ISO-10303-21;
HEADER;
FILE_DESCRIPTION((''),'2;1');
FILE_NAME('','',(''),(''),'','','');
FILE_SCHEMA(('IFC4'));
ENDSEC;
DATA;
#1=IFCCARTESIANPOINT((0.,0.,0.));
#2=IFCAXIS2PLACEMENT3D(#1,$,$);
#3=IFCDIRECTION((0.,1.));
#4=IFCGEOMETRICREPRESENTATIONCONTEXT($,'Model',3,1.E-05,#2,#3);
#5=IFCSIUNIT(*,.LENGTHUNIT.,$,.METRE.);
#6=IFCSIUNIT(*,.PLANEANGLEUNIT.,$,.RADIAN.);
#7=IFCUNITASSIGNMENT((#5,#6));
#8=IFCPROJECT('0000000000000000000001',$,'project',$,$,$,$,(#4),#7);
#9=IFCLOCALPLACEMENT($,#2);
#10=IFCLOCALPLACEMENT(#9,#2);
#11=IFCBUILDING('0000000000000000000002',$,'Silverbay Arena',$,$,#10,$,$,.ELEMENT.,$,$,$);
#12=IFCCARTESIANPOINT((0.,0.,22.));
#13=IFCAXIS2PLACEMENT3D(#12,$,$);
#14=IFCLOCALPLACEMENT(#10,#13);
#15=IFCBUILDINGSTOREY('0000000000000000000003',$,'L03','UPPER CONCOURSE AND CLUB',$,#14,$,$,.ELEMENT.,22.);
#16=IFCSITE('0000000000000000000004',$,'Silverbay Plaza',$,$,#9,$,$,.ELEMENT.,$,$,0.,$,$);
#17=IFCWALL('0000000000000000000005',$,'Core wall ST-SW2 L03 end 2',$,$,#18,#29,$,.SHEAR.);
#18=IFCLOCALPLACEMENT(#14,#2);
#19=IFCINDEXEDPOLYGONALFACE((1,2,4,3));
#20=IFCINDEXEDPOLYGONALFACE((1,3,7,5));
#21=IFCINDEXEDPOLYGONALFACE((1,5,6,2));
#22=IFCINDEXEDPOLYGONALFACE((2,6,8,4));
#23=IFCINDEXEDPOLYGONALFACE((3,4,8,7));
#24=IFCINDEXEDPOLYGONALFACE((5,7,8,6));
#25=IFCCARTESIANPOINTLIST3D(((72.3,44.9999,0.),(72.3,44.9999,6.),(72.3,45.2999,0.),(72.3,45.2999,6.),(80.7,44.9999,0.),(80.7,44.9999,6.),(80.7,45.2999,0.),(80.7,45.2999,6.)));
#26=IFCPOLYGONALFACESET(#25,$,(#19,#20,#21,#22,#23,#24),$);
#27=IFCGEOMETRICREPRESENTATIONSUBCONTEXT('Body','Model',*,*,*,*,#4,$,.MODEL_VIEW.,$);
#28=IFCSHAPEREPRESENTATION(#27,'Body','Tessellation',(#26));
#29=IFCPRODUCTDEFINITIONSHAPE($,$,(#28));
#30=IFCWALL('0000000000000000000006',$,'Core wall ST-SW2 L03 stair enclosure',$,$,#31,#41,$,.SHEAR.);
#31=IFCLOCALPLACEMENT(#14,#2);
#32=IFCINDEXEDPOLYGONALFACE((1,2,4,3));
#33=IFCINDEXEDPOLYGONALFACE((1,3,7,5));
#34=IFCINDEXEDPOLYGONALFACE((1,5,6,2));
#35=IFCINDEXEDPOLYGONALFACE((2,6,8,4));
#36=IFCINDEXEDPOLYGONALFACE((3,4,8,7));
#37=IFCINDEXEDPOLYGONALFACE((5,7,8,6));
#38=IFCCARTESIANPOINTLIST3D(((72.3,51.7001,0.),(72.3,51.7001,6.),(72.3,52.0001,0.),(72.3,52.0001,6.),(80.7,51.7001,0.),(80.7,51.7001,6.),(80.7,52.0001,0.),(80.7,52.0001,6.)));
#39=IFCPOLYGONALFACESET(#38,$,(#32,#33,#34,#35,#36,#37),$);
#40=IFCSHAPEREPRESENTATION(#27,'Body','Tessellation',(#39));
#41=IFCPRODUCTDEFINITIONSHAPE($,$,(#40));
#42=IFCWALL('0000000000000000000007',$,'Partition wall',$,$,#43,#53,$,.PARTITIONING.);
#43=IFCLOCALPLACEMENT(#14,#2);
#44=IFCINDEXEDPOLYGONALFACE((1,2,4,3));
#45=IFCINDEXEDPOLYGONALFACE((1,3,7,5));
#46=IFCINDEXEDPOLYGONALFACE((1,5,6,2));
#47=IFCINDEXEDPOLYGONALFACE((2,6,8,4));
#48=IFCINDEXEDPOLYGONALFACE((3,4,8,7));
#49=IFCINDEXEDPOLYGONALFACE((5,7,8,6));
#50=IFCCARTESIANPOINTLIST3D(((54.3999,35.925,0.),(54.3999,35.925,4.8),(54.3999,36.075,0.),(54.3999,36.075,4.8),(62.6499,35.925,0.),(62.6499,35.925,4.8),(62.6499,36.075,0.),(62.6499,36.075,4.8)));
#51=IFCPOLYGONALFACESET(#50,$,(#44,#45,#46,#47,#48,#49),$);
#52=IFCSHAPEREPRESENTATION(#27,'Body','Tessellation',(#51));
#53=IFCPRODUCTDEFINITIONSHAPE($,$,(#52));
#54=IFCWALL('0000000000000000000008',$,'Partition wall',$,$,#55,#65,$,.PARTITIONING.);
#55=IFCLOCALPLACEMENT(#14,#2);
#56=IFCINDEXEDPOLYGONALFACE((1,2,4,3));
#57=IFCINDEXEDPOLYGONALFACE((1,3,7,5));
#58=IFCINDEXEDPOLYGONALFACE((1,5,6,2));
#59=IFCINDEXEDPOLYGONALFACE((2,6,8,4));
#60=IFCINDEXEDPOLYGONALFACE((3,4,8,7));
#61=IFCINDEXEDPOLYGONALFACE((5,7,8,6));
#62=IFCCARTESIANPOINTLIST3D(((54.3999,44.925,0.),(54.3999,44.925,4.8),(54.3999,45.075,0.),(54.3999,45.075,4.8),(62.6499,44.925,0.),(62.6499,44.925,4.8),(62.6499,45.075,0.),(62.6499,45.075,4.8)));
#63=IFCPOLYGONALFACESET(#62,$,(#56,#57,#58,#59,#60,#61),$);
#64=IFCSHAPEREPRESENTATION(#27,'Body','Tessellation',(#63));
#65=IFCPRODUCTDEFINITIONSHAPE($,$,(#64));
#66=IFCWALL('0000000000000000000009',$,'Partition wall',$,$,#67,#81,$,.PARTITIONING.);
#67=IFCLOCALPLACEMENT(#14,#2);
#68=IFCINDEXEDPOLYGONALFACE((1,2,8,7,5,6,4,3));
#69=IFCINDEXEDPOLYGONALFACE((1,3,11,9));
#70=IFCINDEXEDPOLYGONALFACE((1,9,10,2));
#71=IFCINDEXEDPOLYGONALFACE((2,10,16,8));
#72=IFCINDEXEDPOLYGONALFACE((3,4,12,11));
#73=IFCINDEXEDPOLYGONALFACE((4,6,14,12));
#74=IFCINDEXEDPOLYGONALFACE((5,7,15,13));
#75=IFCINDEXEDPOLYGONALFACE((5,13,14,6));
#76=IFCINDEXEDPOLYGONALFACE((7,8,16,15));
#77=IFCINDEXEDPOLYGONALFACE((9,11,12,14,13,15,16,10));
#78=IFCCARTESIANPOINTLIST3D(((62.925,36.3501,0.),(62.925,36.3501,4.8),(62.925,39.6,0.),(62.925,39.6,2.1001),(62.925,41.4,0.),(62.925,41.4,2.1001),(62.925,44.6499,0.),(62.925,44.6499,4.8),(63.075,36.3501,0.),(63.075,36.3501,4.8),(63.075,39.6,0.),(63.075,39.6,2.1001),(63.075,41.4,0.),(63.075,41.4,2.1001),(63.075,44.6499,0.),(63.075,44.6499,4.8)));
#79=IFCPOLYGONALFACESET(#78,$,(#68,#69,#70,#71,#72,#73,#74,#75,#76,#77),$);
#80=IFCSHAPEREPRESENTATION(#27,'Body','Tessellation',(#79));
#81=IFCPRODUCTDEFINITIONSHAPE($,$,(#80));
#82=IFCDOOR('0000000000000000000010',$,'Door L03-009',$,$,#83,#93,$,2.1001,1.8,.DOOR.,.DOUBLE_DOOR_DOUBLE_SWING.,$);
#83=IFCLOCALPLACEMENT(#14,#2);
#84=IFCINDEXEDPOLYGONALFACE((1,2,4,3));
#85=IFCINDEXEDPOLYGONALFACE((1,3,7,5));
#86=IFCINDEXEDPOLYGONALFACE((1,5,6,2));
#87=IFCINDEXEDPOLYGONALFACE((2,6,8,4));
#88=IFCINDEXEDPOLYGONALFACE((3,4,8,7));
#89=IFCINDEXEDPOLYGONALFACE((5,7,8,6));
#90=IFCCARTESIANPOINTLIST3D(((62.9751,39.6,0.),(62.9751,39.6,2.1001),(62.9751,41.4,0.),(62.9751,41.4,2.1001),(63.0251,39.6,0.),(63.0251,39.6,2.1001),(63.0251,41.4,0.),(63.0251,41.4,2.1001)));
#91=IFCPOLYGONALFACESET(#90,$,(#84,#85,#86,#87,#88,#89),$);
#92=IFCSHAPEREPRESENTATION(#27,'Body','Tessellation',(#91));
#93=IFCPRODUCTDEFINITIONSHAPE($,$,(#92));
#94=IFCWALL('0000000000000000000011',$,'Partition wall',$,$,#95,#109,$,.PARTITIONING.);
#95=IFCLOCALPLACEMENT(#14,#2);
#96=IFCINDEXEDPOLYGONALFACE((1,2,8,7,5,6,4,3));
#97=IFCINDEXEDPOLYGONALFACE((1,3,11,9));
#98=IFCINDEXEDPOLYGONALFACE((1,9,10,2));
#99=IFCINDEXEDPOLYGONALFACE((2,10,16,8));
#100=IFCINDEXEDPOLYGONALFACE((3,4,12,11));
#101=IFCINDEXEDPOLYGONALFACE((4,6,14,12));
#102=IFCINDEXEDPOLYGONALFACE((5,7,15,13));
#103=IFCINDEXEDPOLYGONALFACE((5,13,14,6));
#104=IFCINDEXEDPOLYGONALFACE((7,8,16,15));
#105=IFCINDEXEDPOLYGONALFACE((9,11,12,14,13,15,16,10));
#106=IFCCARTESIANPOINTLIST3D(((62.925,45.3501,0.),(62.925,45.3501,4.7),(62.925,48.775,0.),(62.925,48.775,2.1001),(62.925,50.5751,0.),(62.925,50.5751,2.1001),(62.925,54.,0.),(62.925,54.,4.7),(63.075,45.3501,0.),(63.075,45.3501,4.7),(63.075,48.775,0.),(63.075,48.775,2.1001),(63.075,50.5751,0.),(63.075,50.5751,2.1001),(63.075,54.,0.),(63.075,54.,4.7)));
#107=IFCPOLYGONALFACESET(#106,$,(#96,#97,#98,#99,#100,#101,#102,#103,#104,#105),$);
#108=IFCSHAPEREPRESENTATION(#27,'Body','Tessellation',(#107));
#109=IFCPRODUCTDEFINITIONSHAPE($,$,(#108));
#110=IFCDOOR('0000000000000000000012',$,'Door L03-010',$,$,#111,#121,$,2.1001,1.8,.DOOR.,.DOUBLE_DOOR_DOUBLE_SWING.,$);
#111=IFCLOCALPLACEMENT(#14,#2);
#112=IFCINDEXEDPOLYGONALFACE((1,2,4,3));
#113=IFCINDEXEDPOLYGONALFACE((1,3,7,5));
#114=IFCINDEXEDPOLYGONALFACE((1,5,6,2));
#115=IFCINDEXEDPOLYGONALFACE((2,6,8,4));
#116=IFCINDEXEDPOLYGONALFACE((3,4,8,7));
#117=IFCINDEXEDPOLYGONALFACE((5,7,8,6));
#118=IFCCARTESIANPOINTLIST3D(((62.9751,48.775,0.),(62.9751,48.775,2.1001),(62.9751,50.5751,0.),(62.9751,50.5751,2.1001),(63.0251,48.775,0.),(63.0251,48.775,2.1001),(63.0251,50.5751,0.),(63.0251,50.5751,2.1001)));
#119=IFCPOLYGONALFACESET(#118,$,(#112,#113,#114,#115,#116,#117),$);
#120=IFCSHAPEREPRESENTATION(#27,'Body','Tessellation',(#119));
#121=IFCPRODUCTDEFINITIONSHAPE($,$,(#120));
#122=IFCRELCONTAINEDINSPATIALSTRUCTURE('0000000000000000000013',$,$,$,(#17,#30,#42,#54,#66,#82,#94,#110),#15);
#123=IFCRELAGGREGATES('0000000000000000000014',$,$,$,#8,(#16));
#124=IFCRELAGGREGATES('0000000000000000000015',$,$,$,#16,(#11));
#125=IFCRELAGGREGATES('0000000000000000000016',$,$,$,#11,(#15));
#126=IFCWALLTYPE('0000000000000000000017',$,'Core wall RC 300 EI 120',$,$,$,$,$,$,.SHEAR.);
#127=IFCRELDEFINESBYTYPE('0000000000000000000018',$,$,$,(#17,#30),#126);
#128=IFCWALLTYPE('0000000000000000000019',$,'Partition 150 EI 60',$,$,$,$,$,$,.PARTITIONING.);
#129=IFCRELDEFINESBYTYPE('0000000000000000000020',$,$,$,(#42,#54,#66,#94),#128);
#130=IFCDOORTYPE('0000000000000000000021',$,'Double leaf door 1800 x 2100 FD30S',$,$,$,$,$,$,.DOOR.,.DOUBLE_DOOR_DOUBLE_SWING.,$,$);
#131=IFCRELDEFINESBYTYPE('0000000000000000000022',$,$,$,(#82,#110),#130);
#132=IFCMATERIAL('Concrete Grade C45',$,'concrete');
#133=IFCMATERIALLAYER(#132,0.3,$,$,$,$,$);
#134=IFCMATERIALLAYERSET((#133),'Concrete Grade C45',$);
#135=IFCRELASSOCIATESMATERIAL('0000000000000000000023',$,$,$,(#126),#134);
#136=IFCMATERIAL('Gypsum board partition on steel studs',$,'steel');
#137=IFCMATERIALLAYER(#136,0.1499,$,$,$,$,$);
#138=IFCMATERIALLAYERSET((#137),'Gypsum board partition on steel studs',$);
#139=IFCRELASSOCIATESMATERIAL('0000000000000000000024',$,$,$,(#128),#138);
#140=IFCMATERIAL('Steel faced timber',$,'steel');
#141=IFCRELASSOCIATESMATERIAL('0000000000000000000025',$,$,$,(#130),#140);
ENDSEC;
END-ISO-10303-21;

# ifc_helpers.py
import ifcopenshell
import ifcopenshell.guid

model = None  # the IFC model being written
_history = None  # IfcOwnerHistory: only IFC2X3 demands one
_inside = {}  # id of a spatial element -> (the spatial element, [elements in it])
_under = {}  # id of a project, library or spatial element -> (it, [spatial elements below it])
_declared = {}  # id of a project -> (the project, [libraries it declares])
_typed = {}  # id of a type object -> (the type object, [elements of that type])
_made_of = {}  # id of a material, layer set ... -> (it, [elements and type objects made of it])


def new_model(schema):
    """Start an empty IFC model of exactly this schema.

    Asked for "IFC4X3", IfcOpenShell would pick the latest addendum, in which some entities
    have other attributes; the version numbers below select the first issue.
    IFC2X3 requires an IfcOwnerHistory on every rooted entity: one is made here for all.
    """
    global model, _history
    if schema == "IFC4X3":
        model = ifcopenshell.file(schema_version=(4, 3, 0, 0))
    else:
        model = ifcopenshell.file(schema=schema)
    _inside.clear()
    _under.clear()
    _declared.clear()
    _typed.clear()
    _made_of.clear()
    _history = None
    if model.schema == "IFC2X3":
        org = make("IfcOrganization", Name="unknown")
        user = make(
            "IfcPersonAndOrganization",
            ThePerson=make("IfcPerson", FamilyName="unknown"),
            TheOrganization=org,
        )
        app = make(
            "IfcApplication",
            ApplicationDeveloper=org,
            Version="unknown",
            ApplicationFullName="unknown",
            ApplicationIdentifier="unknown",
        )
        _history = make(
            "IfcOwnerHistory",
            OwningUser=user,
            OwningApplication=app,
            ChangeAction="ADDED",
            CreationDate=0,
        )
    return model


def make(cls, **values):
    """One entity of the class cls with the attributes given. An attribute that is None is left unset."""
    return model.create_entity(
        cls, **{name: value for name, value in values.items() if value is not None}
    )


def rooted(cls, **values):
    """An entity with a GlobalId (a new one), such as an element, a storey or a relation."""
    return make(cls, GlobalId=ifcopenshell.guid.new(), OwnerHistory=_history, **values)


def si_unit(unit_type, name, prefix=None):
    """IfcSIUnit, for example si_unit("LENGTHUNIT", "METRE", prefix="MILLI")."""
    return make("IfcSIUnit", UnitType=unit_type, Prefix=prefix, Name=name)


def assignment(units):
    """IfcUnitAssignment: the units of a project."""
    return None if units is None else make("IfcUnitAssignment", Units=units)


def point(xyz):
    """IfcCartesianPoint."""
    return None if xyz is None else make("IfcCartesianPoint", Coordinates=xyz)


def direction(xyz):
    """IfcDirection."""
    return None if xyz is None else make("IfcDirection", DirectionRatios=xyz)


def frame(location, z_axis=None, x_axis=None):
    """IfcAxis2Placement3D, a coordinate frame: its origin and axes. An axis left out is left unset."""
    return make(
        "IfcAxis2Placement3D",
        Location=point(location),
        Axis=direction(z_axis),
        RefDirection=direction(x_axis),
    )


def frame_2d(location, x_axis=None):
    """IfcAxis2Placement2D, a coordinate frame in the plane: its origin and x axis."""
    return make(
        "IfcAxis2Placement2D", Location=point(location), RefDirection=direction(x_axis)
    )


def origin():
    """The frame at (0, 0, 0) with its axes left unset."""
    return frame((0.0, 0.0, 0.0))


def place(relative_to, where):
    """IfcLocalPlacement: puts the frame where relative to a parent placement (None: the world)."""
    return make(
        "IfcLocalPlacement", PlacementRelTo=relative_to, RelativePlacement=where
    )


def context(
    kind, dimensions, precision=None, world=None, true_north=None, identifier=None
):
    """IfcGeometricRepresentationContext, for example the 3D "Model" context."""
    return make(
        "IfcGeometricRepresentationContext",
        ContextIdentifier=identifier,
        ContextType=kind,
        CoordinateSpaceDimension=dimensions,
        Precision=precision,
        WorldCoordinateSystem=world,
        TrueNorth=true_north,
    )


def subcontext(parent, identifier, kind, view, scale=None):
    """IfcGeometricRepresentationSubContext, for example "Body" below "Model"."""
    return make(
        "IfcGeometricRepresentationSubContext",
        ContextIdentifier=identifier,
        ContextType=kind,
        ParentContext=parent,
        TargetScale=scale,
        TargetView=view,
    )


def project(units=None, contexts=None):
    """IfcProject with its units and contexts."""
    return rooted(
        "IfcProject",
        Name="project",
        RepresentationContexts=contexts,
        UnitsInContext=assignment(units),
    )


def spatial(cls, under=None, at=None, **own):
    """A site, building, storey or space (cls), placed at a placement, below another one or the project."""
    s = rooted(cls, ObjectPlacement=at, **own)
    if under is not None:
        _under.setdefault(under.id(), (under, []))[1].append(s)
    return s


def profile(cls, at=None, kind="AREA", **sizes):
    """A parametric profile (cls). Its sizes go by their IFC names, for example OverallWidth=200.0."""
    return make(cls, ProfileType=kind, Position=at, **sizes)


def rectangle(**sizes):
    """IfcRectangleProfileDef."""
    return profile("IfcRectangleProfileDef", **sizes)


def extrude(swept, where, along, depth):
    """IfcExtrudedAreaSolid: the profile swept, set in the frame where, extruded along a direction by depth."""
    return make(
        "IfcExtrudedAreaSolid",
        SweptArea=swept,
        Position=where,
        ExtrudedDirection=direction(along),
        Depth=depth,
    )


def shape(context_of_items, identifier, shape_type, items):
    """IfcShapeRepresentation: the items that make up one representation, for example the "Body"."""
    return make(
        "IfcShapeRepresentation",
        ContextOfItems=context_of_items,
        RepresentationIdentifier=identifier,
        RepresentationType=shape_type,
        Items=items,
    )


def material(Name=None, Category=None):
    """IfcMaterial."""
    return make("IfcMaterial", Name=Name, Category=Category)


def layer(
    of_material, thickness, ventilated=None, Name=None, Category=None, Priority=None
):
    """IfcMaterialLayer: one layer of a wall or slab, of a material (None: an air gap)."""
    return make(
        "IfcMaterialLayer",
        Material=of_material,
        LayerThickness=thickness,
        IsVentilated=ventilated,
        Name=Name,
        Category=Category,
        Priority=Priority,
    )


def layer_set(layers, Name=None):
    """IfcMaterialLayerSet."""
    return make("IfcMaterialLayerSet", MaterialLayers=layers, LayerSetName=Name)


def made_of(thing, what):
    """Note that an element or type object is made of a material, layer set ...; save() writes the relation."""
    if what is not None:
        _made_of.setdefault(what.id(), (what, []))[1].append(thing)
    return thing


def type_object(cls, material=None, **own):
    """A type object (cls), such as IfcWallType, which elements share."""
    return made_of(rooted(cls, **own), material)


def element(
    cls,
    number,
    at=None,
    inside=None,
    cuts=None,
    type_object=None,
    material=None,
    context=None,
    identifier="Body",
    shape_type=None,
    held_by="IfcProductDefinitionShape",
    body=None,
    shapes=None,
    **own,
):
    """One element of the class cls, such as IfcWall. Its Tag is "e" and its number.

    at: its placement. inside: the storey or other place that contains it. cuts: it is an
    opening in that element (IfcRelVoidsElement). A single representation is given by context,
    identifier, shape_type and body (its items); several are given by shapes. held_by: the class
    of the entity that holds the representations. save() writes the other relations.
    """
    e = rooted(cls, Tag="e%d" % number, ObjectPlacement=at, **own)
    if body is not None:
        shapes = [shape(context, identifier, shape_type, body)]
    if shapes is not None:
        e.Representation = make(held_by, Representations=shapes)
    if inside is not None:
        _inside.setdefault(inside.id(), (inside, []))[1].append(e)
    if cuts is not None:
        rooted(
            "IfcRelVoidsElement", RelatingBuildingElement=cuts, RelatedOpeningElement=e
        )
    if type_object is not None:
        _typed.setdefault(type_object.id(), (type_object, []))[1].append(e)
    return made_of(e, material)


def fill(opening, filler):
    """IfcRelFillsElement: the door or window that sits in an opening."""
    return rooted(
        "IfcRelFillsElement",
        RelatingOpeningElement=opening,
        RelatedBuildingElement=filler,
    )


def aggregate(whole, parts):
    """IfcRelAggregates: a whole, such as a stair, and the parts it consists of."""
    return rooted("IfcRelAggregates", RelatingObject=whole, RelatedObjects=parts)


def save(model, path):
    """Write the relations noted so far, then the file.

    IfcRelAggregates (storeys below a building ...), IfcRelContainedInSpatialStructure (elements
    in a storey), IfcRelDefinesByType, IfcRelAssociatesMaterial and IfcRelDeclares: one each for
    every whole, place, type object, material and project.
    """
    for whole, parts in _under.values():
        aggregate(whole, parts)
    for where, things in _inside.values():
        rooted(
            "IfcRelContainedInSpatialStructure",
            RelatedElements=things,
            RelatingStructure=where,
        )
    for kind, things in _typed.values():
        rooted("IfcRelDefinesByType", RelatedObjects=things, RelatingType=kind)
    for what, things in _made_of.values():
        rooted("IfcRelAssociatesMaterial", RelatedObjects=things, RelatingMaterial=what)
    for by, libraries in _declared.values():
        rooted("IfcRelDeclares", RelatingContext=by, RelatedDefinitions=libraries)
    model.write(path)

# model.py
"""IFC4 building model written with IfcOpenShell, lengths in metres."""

from ifc_helpers import new_model, si_unit, direction, frame, frame_2d, origin, place, context, subcontext, project, spatial, rectangle, extrude, material, layer, layer_set, type_object, element, fill, save


model = new_model("IFC4")

# Units and contexts
model_context = context("Model", 3, precision=1e-05, world=origin(), true_north=direction((0.0, 1.0)))
body_context = subcontext(model_context, "Body", "Model", "MODEL_VIEW")
ifc_project = project(units=[si_unit("LENGTHUNIT", "METRE"), si_unit("PLANEANGLEUNIT", "RADIAN")], contexts=[model_context])

# Site, building, storey
site_placement = place(None, origin())
site = spatial("IfcSite", under=ifc_project, at=site_placement, Name="Silverbay Plaza", CompositionType="ELEMENT", RefElevation=0.0)
building_placement = place(site_placement, origin())
building = spatial("IfcBuilding", under=site, at=building_placement, Name="Silverbay Arena", CompositionType="ELEMENT")
storey_placement = place(building_placement, frame((0.0, 0.0, 22.0)))
storey = spatial("IfcBuildingStorey", under=building, at=storey_placement, Name="L03", Description="UPPER CONCOURSE AND CLUB", CompositionType="ELEMENT", Elevation=22.0)

# Shared definitions
ifc_material_1 = material(Name="Concrete Grade C45", Category="concrete")
ifc_layer_1 = layer(ifc_material_1, 0.3)
ifc_layer_set_1 = layer_set([ifc_layer_1], Name="Concrete Grade C45")
wall_type_1 = type_object("IfcWallType", Name="Core wall RC 300 EI 120", PredefinedType="SHEAR", material=ifc_layer_set_1)

# Walls
for number, where, z_axis, x_axis, name in (
    (1, (80.7, 45.1499, 0.0), (0.0, 0.0, 1.0), (-1.0, 0.0, 0.0), "Core wall ST-SW2 L03 end 2"),
    (2, (80.7, 51.8501, 0.0), (0.0, 0.0, 1.0), (-1.0, 0.0, 0.0), "Core wall ST-SW2 L03 stair enclosure"),
):
    element("IfcWall", number, at=place(storey_placement, frame(where, z_axis=z_axis, x_axis=x_axis)), inside=storey, type_object=wall_type_1, Name=name, PredefinedType="SHEAR", context=body_context, shape_type="SweptSolid", body=[
        extrude(rectangle(XDim=8.3999, YDim=0.3, at=frame_2d((4.2, 0.0))), origin(), (0.0, 0.0, 1.0), 6.0),
    ])
ifc_material_2 = material(Name="Gypsum board partition on steel studs", Category="steel")
ifc_layer_2 = layer(ifc_material_2, 0.1499)
ifc_layer_set_2 = layer_set([ifc_layer_2], Name="Gypsum board partition on steel studs")
wall_type_2 = type_object("IfcWallType", Name="Partition 150 EI 60", PredefinedType="PARTITIONING", material=ifc_layer_set_2)
for number, where, z_axis, x_axis, name in (
    (3, (54.3999, 36.0, 0.0), (0.0, 0.0, 1.0), (1.0, 0.0, 0.0), "Partition wall"),
    (4, (54.3999, 45.0, 0.0), (0.0, 0.0, 1.0), (1.0, 0.0, 0.0), "Partition wall"),
):
    element("IfcWall", number, at=place(storey_placement, frame(where, z_axis=z_axis, x_axis=x_axis)), inside=storey, type_object=wall_type_2, Name=name, PredefinedType="PARTITIONING", context=body_context, shape_type="SweptSolid", body=[
        extrude(rectangle(XDim=8.25, YDim=0.1499, at=frame_2d((4.125, 0.0))), origin(), (0.0, 0.0, 1.0), 4.8),
    ])

# Walls, openings, doors
wall_1_placement = place(storey_placement, frame((63.0, 36.3501, 0.0), z_axis=(0.0, 0.0, 1.0), x_axis=(0.0, 1.0, 0.0)))
wall_1 = element("IfcWall", 5, at=wall_1_placement, inside=storey, type_object=wall_type_2, Name="Partition wall", PredefinedType="PARTITIONING", context=body_context, shape_type="SweptSolid", body=[
    extrude(rectangle(XDim=8.2998, YDim=0.1499, at=frame_2d((4.1499, 0.0))), origin(), (0.0, 0.0, 1.0), 4.8),
])
opening_1_placement = place(wall_1_placement, frame((3.25, 0.0, 0.0)))
opening_1 = element("IfcOpeningElement", 6, at=opening_1_placement, cuts=wall_1, PredefinedType="OPENING", context=body_context, shape_type="SweptSolid", body=[
    extrude(rectangle(XDim=1.8, YDim=2.1001, at=frame_2d((0.8999, 1.05))), frame((0.0, 0.085, 0.0), z_axis=(0.0, -1.0, 0.0), x_axis=(1.0, 0.0, 0.0)), (0.0, 0.0, 1.0), 0.1699),
])
ifc_material_3 = material(Name="Steel faced timber", Category="steel")
door_type_1 = type_object("IfcDoorType", Name="Double leaf door 1800 x 2100 FD30S", OperationType="DOUBLE_DOOR_DOUBLE_SWING", PredefinedType="DOOR", material=ifc_material_3)
door_1_placement = place(opening_1_placement, origin())
door_1 = element("IfcDoor", 7, at=door_1_placement, inside=storey, type_object=door_type_1, Name="Door L03-009", OperationType="DOUBLE_DOOR_DOUBLE_SWING", OverallHeight=2.1001, OverallWidth=1.8, PredefinedType="DOOR", context=body_context, shape_type="SweptSolid", body=[
    extrude(rectangle(XDim=1.8, YDim=2.1001, at=frame_2d((0.8999, 1.05))), frame((0.0, 0.0249, 0.0), z_axis=(0.0, -1.0, 0.0), x_axis=(1.0, 0.0, 0.0)), (0.0, 0.0, 1.0), 0.05),
])
fill(opening_1, door_1)
wall_2_placement = place(storey_placement, frame((63.0, 45.3501, 0.0), z_axis=(0.0, 0.0, 1.0), x_axis=(0.0, 1.0, 0.0)))
wall_2 = element("IfcWall", 8, at=wall_2_placement, inside=storey, type_object=wall_type_2, Name="Partition wall", PredefinedType="PARTITIONING", context=body_context, shape_type="SweptSolid", body=[
    extrude(rectangle(XDim=8.6499, YDim=0.1499, at=frame_2d((4.325, 0.0))), origin(), (0.0, 0.0, 1.0), 4.7),
])
opening_2_placement = place(wall_2_placement, frame((3.425, 0.0, 0.0)))
opening_2 = element("IfcOpeningElement", 9, at=opening_2_placement, cuts=wall_2, PredefinedType="OPENING", context=body_context, shape_type="SweptSolid", body=[
    extrude(rectangle(XDim=1.8, YDim=2.1001, at=frame_2d((0.8999, 1.05))), frame((0.0, 0.085, 0.0), z_axis=(0.0, -1.0, 0.0), x_axis=(1.0, 0.0, 0.0)), (0.0, 0.0, 1.0), 0.1699),
])
door_2_placement = place(opening_2_placement, origin())
door_2 = element("IfcDoor", 10, at=door_2_placement, inside=storey, type_object=door_type_1, Name="Door L03-010", OperationType="DOUBLE_DOOR_DOUBLE_SWING", OverallHeight=2.1001, OverallWidth=1.8, PredefinedType="DOOR", context=body_context, shape_type="SweptSolid", body=[
    extrude(rectangle(XDim=1.8, YDim=2.1001, at=frame_2d((0.8999, 1.05))), frame((0.0, 0.0249, 0.0), z_axis=(0.0, -1.0, 0.0), x_axis=(1.0, 0.0, 0.0)), (0.0, 0.0, 1.0), 0.05),
])
fill(opening_2, door_2)

save(model, "model.ifc")
